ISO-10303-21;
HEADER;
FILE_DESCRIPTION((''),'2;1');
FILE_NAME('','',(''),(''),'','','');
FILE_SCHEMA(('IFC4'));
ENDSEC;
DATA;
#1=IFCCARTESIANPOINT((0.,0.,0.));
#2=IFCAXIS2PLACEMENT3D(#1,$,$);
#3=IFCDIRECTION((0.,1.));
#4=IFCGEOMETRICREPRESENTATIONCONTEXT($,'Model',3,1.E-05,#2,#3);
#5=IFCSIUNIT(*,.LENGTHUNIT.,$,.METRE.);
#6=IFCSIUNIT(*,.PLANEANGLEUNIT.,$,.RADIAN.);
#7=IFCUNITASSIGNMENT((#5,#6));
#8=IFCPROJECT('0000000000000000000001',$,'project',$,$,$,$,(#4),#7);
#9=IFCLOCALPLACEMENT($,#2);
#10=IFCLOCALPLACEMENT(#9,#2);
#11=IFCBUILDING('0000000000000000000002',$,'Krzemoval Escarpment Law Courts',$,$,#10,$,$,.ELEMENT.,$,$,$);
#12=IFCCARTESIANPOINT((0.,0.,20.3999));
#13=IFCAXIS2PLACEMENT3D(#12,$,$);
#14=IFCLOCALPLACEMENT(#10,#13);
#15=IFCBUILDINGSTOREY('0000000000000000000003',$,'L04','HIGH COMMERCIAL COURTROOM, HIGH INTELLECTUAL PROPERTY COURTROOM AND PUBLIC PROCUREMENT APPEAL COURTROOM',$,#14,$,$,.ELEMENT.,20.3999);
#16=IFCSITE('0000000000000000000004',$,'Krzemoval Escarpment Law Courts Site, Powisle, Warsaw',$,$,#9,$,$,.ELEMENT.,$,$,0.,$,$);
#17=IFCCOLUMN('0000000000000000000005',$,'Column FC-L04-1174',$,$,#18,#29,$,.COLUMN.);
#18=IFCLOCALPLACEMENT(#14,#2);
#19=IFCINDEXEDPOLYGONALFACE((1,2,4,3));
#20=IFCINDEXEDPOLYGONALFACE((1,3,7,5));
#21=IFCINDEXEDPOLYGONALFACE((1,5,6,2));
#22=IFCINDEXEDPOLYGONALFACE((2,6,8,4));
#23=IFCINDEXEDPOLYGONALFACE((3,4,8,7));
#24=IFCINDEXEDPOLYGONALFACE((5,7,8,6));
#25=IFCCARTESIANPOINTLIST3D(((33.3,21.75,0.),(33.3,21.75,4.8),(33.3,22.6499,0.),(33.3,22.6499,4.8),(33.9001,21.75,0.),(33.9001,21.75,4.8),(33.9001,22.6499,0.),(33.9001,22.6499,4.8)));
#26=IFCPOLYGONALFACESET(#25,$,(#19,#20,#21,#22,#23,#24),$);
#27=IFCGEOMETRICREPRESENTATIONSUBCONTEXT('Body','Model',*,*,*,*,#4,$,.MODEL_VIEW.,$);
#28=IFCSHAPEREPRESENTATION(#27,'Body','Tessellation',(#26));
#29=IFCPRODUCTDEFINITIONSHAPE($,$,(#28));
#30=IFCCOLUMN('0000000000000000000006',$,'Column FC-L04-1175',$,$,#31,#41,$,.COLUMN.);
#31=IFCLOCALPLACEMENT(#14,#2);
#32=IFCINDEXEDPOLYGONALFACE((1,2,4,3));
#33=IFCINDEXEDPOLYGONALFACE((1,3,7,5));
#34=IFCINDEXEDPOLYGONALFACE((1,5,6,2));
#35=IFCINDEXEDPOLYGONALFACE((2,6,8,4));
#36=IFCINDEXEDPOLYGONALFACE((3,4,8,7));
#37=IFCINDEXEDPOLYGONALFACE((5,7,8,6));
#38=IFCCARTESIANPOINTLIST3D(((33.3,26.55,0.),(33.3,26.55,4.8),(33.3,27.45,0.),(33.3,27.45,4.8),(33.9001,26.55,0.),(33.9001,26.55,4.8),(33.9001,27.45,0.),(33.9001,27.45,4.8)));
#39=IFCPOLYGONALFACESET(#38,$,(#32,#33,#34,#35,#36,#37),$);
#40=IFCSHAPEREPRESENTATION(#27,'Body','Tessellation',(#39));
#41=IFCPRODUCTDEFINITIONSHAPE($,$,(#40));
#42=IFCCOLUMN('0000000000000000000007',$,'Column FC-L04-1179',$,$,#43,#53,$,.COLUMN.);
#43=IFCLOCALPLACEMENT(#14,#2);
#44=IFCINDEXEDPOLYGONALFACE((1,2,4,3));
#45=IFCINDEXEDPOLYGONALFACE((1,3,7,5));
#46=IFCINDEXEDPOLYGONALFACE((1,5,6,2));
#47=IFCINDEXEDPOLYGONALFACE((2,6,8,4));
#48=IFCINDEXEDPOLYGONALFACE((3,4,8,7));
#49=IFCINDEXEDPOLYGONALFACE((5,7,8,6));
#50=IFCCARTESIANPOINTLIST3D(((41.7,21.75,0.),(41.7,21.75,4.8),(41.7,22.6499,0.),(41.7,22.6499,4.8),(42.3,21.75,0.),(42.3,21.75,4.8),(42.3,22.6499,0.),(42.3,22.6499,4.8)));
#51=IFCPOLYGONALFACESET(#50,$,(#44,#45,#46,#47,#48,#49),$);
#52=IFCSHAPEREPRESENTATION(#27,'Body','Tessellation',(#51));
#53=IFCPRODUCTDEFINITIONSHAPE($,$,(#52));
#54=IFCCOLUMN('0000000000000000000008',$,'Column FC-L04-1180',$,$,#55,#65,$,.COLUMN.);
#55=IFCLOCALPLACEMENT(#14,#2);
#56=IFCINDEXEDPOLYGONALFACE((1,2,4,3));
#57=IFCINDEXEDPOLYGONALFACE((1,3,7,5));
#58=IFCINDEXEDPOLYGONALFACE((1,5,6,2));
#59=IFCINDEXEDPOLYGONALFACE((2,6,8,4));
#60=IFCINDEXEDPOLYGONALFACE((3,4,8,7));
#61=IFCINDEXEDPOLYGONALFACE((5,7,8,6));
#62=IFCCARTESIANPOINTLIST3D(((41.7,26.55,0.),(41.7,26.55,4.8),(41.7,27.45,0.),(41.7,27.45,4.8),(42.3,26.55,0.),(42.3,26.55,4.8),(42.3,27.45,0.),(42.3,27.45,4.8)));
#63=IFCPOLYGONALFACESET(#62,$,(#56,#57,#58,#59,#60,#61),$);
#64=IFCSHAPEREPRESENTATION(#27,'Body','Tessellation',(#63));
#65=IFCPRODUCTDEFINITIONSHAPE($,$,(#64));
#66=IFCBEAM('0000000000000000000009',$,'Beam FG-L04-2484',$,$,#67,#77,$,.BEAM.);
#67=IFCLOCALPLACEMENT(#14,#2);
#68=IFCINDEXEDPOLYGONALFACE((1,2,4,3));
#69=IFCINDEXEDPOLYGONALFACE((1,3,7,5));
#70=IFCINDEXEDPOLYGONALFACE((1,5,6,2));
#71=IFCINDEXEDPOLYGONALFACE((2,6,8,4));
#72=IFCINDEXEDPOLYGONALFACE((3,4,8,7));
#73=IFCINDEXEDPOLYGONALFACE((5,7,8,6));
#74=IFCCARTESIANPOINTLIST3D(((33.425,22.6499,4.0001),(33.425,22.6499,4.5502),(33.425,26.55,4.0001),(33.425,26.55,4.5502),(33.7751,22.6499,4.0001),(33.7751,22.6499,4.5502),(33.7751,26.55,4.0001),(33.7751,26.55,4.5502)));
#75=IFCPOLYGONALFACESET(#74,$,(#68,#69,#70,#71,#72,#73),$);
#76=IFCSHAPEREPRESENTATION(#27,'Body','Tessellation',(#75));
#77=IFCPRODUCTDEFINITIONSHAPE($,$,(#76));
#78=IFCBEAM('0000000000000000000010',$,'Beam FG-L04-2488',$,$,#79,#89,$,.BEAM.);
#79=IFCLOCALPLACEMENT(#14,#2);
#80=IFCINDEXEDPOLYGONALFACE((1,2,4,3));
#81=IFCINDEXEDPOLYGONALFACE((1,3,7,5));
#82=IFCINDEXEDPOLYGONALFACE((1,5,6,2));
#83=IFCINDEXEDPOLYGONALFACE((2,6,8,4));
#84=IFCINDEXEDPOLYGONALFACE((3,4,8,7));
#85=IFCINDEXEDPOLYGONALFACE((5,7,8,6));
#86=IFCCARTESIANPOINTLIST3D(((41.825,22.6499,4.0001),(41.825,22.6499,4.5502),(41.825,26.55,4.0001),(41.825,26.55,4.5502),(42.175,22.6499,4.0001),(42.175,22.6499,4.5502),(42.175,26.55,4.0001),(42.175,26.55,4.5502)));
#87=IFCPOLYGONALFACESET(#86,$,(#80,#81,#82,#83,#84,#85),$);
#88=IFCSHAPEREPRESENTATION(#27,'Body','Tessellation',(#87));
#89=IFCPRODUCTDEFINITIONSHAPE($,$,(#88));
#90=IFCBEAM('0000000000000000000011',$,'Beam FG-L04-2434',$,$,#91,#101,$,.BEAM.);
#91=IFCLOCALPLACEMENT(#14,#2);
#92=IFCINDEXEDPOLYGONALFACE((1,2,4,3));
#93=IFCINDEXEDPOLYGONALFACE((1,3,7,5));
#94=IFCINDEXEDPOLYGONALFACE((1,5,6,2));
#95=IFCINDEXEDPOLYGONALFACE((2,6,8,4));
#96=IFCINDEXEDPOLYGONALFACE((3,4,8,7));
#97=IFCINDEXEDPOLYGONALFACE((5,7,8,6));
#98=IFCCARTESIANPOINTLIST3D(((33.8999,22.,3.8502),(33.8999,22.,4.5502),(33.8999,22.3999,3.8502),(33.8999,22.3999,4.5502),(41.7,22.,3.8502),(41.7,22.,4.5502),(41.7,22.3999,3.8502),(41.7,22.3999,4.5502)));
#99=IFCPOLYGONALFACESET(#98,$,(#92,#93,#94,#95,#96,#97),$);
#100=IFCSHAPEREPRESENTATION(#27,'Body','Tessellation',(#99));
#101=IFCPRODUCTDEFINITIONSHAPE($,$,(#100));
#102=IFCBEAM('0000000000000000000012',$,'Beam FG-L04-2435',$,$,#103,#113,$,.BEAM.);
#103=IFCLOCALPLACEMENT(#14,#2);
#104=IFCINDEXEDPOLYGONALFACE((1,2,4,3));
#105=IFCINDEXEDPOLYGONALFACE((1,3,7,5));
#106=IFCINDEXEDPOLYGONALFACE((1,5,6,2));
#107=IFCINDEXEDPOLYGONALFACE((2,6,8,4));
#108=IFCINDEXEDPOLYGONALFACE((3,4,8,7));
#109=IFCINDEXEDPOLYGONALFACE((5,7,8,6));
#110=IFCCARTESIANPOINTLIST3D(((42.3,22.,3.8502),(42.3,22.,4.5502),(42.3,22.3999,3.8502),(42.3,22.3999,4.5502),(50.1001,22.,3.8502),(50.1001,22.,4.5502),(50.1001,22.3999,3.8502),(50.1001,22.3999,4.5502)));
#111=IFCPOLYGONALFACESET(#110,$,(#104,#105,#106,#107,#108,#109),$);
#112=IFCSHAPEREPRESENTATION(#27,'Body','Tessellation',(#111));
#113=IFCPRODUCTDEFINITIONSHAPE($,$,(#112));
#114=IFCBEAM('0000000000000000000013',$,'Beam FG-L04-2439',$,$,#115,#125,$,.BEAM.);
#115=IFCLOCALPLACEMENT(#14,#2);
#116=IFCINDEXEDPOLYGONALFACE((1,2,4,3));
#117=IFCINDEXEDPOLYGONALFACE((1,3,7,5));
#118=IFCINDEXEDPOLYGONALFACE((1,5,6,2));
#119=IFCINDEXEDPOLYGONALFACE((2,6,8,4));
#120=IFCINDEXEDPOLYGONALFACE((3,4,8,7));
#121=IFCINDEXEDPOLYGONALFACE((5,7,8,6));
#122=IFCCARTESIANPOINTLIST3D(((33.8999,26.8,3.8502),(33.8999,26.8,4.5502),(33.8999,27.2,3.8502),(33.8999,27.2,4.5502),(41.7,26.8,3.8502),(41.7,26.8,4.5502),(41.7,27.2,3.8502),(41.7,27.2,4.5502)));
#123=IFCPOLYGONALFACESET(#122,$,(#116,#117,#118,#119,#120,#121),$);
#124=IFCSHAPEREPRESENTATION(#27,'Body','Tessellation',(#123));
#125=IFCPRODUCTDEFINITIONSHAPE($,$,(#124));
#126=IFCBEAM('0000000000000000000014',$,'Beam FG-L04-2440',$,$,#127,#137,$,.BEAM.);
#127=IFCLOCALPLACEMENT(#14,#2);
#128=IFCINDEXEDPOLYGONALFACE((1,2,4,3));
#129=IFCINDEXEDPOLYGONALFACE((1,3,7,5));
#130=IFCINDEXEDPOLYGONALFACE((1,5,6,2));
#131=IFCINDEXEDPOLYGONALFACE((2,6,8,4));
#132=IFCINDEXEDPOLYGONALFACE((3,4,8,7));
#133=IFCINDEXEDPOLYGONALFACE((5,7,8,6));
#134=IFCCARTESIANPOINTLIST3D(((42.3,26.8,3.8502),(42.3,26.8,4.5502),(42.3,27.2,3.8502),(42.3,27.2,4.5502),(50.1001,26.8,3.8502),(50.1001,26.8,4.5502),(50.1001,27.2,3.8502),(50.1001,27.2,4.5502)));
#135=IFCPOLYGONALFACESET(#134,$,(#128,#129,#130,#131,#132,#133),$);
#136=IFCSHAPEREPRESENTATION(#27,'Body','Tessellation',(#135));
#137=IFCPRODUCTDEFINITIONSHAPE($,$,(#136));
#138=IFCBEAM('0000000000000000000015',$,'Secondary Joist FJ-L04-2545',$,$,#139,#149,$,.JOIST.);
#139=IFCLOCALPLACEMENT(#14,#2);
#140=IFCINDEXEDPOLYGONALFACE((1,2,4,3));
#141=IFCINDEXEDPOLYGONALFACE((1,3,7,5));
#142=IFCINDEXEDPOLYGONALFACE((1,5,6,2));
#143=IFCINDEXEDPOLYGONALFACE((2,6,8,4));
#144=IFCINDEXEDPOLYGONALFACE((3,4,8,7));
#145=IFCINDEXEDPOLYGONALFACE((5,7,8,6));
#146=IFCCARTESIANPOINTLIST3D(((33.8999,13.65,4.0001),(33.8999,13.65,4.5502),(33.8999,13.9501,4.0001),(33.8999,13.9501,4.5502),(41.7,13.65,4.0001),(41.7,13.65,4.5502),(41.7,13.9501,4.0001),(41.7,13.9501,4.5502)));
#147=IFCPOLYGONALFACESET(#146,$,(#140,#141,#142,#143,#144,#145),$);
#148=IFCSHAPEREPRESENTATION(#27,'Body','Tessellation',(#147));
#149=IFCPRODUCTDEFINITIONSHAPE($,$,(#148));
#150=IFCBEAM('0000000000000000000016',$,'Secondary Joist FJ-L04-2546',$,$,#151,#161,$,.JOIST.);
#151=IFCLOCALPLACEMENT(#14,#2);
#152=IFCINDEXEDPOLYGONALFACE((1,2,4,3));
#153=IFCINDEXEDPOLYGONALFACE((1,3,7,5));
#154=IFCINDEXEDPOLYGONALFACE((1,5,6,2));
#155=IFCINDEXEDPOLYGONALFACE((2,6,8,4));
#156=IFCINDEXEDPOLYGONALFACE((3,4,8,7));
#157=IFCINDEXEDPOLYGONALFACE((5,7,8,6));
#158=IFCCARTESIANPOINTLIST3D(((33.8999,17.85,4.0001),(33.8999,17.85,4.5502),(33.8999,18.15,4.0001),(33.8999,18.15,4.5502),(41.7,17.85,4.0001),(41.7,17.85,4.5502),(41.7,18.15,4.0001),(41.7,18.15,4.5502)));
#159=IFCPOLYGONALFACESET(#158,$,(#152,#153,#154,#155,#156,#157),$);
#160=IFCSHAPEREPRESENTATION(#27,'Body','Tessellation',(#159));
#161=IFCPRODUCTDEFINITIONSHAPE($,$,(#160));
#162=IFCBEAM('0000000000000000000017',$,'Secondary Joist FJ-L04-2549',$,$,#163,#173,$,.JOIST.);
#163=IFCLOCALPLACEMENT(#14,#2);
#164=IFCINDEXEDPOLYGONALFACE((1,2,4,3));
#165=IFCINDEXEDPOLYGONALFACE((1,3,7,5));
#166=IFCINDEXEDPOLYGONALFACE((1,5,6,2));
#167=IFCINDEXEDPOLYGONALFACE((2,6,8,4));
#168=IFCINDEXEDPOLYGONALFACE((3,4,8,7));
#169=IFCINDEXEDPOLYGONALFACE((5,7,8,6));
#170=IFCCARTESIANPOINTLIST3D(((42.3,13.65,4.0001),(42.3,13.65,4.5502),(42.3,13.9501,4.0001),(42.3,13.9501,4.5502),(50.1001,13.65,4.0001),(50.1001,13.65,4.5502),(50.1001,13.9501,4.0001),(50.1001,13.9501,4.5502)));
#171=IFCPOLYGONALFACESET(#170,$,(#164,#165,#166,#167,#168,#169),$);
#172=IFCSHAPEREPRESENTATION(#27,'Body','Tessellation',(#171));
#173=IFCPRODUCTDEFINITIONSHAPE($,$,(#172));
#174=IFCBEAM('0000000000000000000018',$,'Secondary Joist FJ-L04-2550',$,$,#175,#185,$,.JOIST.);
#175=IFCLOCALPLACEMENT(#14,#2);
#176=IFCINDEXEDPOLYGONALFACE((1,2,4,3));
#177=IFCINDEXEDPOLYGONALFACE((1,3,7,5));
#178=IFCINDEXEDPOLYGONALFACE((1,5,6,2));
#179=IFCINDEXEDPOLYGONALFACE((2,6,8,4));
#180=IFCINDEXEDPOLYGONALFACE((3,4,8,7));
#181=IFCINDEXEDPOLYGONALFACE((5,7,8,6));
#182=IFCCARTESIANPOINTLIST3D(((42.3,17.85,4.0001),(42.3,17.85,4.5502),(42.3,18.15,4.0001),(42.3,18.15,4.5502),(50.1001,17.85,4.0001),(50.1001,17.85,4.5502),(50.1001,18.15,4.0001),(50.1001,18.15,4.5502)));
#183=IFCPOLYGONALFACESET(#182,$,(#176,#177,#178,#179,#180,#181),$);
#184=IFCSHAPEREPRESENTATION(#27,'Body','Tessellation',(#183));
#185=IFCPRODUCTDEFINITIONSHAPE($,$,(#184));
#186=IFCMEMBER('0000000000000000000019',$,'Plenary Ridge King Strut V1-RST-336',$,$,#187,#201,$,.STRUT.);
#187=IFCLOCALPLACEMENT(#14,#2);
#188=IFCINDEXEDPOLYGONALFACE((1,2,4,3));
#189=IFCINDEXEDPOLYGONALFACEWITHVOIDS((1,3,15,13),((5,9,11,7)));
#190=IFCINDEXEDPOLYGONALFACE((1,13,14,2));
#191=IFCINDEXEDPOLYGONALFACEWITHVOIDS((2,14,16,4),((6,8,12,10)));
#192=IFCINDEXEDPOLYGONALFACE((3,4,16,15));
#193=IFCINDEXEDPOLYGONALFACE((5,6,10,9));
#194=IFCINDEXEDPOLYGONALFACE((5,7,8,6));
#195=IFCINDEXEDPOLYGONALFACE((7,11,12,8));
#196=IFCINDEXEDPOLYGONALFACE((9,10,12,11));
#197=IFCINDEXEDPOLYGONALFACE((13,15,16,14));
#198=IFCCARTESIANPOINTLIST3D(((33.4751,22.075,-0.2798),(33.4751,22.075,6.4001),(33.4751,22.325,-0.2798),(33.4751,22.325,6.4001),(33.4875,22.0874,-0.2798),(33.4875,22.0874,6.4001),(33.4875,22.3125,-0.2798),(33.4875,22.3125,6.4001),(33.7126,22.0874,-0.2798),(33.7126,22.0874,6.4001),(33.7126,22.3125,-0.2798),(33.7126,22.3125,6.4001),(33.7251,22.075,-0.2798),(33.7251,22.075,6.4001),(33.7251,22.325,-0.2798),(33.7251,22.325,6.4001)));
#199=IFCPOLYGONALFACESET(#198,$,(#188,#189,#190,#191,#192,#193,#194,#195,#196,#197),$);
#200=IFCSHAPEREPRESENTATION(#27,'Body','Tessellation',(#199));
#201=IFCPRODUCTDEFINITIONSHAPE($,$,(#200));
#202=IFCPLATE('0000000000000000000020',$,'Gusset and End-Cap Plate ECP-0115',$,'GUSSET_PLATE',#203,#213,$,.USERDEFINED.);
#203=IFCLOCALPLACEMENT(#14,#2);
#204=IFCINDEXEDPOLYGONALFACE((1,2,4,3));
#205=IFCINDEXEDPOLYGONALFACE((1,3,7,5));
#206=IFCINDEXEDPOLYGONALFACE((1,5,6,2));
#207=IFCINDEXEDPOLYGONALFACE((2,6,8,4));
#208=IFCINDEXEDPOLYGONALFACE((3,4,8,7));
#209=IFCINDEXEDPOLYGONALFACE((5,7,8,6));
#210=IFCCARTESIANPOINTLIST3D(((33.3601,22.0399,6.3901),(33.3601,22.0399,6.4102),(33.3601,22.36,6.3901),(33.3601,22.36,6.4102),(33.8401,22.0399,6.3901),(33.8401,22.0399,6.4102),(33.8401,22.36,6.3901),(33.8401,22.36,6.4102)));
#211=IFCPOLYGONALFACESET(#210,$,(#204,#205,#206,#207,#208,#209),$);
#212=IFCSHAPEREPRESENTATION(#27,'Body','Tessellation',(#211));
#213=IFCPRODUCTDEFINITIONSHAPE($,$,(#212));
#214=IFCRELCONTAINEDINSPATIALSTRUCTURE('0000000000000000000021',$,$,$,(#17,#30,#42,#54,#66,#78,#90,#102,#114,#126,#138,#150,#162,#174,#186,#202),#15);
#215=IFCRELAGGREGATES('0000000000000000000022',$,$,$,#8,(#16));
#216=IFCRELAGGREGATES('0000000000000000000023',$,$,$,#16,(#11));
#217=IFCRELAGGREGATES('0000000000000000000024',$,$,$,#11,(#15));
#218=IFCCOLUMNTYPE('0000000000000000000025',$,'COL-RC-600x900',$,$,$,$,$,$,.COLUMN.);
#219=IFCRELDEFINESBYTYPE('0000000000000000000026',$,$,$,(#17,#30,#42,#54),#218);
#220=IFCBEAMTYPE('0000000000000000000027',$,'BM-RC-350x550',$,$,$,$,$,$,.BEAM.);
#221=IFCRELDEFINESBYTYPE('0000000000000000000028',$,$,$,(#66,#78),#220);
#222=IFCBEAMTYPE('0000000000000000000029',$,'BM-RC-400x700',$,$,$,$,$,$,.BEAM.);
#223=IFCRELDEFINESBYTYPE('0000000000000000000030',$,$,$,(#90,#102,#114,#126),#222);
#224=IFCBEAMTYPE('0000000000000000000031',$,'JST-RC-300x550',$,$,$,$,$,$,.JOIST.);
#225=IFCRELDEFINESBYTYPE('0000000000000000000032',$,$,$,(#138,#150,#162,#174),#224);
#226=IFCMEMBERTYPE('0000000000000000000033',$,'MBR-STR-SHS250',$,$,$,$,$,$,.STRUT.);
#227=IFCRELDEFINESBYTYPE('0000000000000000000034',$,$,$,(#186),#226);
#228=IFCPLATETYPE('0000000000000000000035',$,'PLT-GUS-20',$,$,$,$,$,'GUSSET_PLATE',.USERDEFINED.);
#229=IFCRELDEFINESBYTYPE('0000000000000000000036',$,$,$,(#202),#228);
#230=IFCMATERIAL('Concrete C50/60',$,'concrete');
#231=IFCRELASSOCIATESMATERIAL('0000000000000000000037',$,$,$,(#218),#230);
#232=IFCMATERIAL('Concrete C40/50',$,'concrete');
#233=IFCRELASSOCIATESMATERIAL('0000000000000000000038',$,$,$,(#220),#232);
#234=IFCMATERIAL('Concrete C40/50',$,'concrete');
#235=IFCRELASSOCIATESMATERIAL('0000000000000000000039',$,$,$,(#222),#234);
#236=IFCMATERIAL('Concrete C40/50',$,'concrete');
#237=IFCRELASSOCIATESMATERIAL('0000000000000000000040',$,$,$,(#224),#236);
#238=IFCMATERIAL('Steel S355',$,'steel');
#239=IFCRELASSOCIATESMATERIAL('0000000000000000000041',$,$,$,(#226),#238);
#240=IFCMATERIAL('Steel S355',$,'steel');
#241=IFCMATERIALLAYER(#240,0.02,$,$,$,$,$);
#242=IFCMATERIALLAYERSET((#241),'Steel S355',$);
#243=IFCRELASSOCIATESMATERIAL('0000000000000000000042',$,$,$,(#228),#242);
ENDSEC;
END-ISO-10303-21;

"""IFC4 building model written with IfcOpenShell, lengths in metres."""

from ifc_helpers import new_model, si_unit, direction, frame, origin, origin_2d, place, context, subcontext, project, spatial, rectangle, hollow_rectangle, extrude, material, layer, layer_set, material_profile, profile_set, type_object, element, save


model = new_model("IFC4")

# Units and contexts
model_context = context("Model", 3, precision=1e-05, world=origin(), true_north=direction((0.0, 1.0)))
body_context = subcontext(model_context, "Body", "Model", "MODEL_VIEW")
ifc_project = project(units=[si_unit("LENGTHUNIT", "METRE"), si_unit("PLANEANGLEUNIT", "RADIAN")], contexts=[model_context])

# Site, building, storey
site_placement = place(None, origin())
site = spatial("IfcSite", under=ifc_project, at=site_placement, Name="Krzemoval Escarpment Law Courts Site, Powisle, Warsaw", CompositionType="ELEMENT", RefElevation=0.0)
building_placement = place(site_placement, origin())
building = spatial("IfcBuilding", under=site, at=building_placement, Name="Krzemoval Escarpment Law Courts", CompositionType="ELEMENT")
storey_placement = place(building_placement, frame((0.0, 0.0, 20.3999)))
storey = spatial("IfcBuildingStorey", under=building, at=storey_placement, Name="L04", Description="HIGH COMMERCIAL COURTROOM, HIGH INTELLECTUAL PROPERTY COURTROOM AND PUBLIC PROCUREMENT APPEAL COURTROOM", CompositionType="ELEMENT", Elevation=20.3999)

# Columns
ifc_material_1 = material(Name="Concrete C50/60", Category="concrete")
ifc_material_profile_1 = material_profile(ifc_material_1, rectangle(XDim=0.6001, YDim=0.8999, at=origin_2d()), Name="RC 600x900")
ifc_profile_set_1 = profile_set([ifc_material_profile_1], Name="Concrete C50/60")
column_type = type_object("IfcColumnType", Name="COL-RC-600x900", PredefinedType="COLUMN", material=ifc_profile_set_1)
for number, where, z_axis, x_axis, name in (
    (1, (33.6001, 22.2, 0.0), (0.0, 0.0, 1.0), (1.0, 0.0, 0.0), "Column FC-L04-1174"),
    (2, (33.6001, 27.0, 0.0), (0.0, 0.0, 1.0), (1.0, 0.0, 0.0), "Column FC-L04-1175"),
    (3, (42.0, 22.2, 0.0), (0.0, 0.0, 1.0), (1.0, 0.0, 0.0), "Column FC-L04-1179"),
    (4, (42.0, 27.0, 0.0), (0.0, 0.0, 1.0), (1.0, 0.0, 0.0), "Column FC-L04-1180"),
):
    element("IfcColumn", number, at=place(storey_placement, frame(where, z_axis=z_axis, x_axis=x_axis)), inside=storey, type_object=column_type, Name=name, PredefinedType="COLUMN", context=body_context, shape_type="SweptSolid", body=[
        extrude(rectangle(XDim=0.6001, YDim=0.8999, at=origin_2d()), origin(), (0.0, 0.0, 1.0), 4.8),
    ])

# Beams
ifc_material_2 = material(Name="Concrete C40/50", Category="concrete")
ifc_material_profile_2 = material_profile(ifc_material_2, rectangle(XDim=0.3501, YDim=0.55, at=origin_2d()), Name="RCB 350x550")
ifc_profile_set_2 = profile_set([ifc_material_profile_2], Name="Concrete C40/50")
beam_type_1 = type_object("IfcBeamType", Name="BM-RC-350x550", PredefinedType="BEAM", material=ifc_profile_set_2)
for number, where, z_axis, x_axis, name in (
    (5, (33.6001, 22.6499, 4.2751), (0.0, 1.0, 0.0), (-1.0, 0.0, 0.0), "Beam FG-L04-2484"),
    (6, (42.0, 22.6499, 4.2751), (0.0, 1.0, 0.0), (-1.0, 0.0, 0.0), "Beam FG-L04-2488"),
):
    element("IfcBeam", number, at=place(storey_placement, frame(where, z_axis=z_axis, x_axis=x_axis)), inside=storey, type_object=beam_type_1, Name=name, PredefinedType="BEAM", context=body_context, shape_type="SweptSolid", body=[
        extrude(rectangle(XDim=0.3501, YDim=0.55, at=origin_2d()), origin(), (0.0, 0.0, 1.0), 3.9001),
    ])
ifc_material_3 = material(Name="Concrete C40/50", Category="concrete")
ifc_material_profile_3 = material_profile(ifc_material_3, rectangle(XDim=0.3999, YDim=0.7, at=origin_2d()), Name="RCB 400x700")
ifc_profile_set_3 = profile_set([ifc_material_profile_3], Name="Concrete C40/50")
beam_type_2 = type_object("IfcBeamType", Name="BM-RC-400x700", PredefinedType="BEAM", material=ifc_profile_set_3)
for number, where, z_axis, x_axis, name in (
    (7, (33.8999, 22.2, 4.2002), (1.0, 0.0, 0.0), (0.0, 1.0, 0.0), "Beam FG-L04-2434"),
    (8, (42.3, 22.2, 4.2002), (1.0, 0.0, 0.0), (0.0, 1.0, 0.0), "Beam FG-L04-2435"),
    (9, (33.8999, 27.0, 4.2002), (1.0, 0.0, 0.0), (0.0, 1.0, 0.0), "Beam FG-L04-2439"),
    (10, (42.3, 27.0, 4.2002), (1.0, 0.0, 0.0), (0.0, 1.0, 0.0), "Beam FG-L04-2440"),
):
    element("IfcBeam", number, at=place(storey_placement, frame(where, z_axis=z_axis, x_axis=x_axis)), inside=storey, type_object=beam_type_2, Name=name, PredefinedType="BEAM", context=body_context, shape_type="SweptSolid", body=[
        extrude(rectangle(XDim=0.3999, YDim=0.7, at=origin_2d()), origin(), (0.0, 0.0, 1.0), 7.8),
    ])
ifc_material_4 = material(Name="Concrete C40/50", Category="concrete")
ifc_material_profile_4 = material_profile(ifc_material_4, rectangle(XDim=0.3, YDim=0.55, at=origin_2d()), Name="RCB 300x550")
ifc_profile_set_4 = profile_set([ifc_material_profile_4], Name="Concrete C40/50")
beam_type_3 = type_object("IfcBeamType", Name="JST-RC-300x550", PredefinedType="JOIST", material=ifc_profile_set_4)
for number, where, z_axis, x_axis, name in (
    (11, (33.8999, 13.8, 4.2751), (1.0, 0.0, 0.0), (0.0, 1.0, 0.0), "Secondary Joist FJ-L04-2545"),
    (12, (33.8999, 18.0, 4.2751), (1.0, 0.0, 0.0), (0.0, 1.0, 0.0), "Secondary Joist FJ-L04-2546"),
    (13, (42.3, 13.8, 4.2751), (1.0, 0.0, 0.0), (0.0, 1.0, 0.0), "Secondary Joist FJ-L04-2549"),
    (14, (42.3, 18.0, 4.2751), (1.0, 0.0, 0.0), (0.0, 1.0, 0.0), "Secondary Joist FJ-L04-2550"),
):
    element("IfcBeam", number, at=place(storey_placement, frame(where, z_axis=z_axis, x_axis=x_axis)), inside=storey, type_object=beam_type_3, Name=name, PredefinedType="JOIST", context=body_context, shape_type="SweptSolid", body=[
        extrude(rectangle(XDim=0.3, YDim=0.55, at=origin_2d()), origin(), (0.0, 0.0, 1.0), 7.8),
    ])

# Member
ifc_material_5 = material(Name="Steel S355", Category="steel")
ifc_material_profile_5 = material_profile(ifc_material_5, hollow_rectangle(XDim=0.25, YDim=0.25, WallThickness=0.0125, at=origin_2d()), Name="SHS 250x250x12.5")
ifc_profile_set_5 = profile_set([ifc_material_profile_5], Name="Steel S355")
member_type = type_object("IfcMemberType", Name="MBR-STR-SHS250", PredefinedType="STRUT", material=ifc_profile_set_5)
member_placement = place(storey_placement, frame((33.6001, 22.2, -0.2798), z_axis=(0.0, 0.0, 1.0), x_axis=(1.0, 0.0, 0.0)))
element("IfcMember", 15, at=member_placement, inside=storey, type_object=member_type, Name="Plenary Ridge King Strut V1-RST-336", PredefinedType="STRUT", context=body_context, shape_type="SweptSolid", body=[
    extrude(hollow_rectangle(XDim=0.25, YDim=0.25, WallThickness=0.0125, at=origin_2d()), origin(), (0.0, 0.0, 1.0), 6.6799),
])

# Plate
ifc_material_6 = material(Name="Steel S355", Category="steel")
ifc_layer_1 = layer(ifc_material_6, 0.02)
ifc_layer_set_1 = layer_set([ifc_layer_1], Name="Steel S355")
plate_type_1 = type_object("IfcPlateType", Name="PLT-GUS-20", ElementType="GUSSET_PLATE", PredefinedType="USERDEFINED", material=ifc_layer_set_1)
plate_1_placement = place(storey_placement, frame((33.6001, 22.2, 6.3901), z_axis=(0.0, 0.0, 1.0), x_axis=(1.0, 0.0, 0.0)))
element("IfcPlate", 16, at=plate_1_placement, inside=storey, type_object=plate_type_1, Name="Gusset and End-Cap Plate ECP-0115", ObjectType="GUSSET_PLATE", PredefinedType="USERDEFINED", context=body_context, shape_type="SweptSolid", body=[
    extrude(rectangle(XDim=0.48, YDim=0.3201, at=origin_2d()), origin(), (0.0, 0.0, 1.0), 0.02),
])

save(model, "model.ifc")
